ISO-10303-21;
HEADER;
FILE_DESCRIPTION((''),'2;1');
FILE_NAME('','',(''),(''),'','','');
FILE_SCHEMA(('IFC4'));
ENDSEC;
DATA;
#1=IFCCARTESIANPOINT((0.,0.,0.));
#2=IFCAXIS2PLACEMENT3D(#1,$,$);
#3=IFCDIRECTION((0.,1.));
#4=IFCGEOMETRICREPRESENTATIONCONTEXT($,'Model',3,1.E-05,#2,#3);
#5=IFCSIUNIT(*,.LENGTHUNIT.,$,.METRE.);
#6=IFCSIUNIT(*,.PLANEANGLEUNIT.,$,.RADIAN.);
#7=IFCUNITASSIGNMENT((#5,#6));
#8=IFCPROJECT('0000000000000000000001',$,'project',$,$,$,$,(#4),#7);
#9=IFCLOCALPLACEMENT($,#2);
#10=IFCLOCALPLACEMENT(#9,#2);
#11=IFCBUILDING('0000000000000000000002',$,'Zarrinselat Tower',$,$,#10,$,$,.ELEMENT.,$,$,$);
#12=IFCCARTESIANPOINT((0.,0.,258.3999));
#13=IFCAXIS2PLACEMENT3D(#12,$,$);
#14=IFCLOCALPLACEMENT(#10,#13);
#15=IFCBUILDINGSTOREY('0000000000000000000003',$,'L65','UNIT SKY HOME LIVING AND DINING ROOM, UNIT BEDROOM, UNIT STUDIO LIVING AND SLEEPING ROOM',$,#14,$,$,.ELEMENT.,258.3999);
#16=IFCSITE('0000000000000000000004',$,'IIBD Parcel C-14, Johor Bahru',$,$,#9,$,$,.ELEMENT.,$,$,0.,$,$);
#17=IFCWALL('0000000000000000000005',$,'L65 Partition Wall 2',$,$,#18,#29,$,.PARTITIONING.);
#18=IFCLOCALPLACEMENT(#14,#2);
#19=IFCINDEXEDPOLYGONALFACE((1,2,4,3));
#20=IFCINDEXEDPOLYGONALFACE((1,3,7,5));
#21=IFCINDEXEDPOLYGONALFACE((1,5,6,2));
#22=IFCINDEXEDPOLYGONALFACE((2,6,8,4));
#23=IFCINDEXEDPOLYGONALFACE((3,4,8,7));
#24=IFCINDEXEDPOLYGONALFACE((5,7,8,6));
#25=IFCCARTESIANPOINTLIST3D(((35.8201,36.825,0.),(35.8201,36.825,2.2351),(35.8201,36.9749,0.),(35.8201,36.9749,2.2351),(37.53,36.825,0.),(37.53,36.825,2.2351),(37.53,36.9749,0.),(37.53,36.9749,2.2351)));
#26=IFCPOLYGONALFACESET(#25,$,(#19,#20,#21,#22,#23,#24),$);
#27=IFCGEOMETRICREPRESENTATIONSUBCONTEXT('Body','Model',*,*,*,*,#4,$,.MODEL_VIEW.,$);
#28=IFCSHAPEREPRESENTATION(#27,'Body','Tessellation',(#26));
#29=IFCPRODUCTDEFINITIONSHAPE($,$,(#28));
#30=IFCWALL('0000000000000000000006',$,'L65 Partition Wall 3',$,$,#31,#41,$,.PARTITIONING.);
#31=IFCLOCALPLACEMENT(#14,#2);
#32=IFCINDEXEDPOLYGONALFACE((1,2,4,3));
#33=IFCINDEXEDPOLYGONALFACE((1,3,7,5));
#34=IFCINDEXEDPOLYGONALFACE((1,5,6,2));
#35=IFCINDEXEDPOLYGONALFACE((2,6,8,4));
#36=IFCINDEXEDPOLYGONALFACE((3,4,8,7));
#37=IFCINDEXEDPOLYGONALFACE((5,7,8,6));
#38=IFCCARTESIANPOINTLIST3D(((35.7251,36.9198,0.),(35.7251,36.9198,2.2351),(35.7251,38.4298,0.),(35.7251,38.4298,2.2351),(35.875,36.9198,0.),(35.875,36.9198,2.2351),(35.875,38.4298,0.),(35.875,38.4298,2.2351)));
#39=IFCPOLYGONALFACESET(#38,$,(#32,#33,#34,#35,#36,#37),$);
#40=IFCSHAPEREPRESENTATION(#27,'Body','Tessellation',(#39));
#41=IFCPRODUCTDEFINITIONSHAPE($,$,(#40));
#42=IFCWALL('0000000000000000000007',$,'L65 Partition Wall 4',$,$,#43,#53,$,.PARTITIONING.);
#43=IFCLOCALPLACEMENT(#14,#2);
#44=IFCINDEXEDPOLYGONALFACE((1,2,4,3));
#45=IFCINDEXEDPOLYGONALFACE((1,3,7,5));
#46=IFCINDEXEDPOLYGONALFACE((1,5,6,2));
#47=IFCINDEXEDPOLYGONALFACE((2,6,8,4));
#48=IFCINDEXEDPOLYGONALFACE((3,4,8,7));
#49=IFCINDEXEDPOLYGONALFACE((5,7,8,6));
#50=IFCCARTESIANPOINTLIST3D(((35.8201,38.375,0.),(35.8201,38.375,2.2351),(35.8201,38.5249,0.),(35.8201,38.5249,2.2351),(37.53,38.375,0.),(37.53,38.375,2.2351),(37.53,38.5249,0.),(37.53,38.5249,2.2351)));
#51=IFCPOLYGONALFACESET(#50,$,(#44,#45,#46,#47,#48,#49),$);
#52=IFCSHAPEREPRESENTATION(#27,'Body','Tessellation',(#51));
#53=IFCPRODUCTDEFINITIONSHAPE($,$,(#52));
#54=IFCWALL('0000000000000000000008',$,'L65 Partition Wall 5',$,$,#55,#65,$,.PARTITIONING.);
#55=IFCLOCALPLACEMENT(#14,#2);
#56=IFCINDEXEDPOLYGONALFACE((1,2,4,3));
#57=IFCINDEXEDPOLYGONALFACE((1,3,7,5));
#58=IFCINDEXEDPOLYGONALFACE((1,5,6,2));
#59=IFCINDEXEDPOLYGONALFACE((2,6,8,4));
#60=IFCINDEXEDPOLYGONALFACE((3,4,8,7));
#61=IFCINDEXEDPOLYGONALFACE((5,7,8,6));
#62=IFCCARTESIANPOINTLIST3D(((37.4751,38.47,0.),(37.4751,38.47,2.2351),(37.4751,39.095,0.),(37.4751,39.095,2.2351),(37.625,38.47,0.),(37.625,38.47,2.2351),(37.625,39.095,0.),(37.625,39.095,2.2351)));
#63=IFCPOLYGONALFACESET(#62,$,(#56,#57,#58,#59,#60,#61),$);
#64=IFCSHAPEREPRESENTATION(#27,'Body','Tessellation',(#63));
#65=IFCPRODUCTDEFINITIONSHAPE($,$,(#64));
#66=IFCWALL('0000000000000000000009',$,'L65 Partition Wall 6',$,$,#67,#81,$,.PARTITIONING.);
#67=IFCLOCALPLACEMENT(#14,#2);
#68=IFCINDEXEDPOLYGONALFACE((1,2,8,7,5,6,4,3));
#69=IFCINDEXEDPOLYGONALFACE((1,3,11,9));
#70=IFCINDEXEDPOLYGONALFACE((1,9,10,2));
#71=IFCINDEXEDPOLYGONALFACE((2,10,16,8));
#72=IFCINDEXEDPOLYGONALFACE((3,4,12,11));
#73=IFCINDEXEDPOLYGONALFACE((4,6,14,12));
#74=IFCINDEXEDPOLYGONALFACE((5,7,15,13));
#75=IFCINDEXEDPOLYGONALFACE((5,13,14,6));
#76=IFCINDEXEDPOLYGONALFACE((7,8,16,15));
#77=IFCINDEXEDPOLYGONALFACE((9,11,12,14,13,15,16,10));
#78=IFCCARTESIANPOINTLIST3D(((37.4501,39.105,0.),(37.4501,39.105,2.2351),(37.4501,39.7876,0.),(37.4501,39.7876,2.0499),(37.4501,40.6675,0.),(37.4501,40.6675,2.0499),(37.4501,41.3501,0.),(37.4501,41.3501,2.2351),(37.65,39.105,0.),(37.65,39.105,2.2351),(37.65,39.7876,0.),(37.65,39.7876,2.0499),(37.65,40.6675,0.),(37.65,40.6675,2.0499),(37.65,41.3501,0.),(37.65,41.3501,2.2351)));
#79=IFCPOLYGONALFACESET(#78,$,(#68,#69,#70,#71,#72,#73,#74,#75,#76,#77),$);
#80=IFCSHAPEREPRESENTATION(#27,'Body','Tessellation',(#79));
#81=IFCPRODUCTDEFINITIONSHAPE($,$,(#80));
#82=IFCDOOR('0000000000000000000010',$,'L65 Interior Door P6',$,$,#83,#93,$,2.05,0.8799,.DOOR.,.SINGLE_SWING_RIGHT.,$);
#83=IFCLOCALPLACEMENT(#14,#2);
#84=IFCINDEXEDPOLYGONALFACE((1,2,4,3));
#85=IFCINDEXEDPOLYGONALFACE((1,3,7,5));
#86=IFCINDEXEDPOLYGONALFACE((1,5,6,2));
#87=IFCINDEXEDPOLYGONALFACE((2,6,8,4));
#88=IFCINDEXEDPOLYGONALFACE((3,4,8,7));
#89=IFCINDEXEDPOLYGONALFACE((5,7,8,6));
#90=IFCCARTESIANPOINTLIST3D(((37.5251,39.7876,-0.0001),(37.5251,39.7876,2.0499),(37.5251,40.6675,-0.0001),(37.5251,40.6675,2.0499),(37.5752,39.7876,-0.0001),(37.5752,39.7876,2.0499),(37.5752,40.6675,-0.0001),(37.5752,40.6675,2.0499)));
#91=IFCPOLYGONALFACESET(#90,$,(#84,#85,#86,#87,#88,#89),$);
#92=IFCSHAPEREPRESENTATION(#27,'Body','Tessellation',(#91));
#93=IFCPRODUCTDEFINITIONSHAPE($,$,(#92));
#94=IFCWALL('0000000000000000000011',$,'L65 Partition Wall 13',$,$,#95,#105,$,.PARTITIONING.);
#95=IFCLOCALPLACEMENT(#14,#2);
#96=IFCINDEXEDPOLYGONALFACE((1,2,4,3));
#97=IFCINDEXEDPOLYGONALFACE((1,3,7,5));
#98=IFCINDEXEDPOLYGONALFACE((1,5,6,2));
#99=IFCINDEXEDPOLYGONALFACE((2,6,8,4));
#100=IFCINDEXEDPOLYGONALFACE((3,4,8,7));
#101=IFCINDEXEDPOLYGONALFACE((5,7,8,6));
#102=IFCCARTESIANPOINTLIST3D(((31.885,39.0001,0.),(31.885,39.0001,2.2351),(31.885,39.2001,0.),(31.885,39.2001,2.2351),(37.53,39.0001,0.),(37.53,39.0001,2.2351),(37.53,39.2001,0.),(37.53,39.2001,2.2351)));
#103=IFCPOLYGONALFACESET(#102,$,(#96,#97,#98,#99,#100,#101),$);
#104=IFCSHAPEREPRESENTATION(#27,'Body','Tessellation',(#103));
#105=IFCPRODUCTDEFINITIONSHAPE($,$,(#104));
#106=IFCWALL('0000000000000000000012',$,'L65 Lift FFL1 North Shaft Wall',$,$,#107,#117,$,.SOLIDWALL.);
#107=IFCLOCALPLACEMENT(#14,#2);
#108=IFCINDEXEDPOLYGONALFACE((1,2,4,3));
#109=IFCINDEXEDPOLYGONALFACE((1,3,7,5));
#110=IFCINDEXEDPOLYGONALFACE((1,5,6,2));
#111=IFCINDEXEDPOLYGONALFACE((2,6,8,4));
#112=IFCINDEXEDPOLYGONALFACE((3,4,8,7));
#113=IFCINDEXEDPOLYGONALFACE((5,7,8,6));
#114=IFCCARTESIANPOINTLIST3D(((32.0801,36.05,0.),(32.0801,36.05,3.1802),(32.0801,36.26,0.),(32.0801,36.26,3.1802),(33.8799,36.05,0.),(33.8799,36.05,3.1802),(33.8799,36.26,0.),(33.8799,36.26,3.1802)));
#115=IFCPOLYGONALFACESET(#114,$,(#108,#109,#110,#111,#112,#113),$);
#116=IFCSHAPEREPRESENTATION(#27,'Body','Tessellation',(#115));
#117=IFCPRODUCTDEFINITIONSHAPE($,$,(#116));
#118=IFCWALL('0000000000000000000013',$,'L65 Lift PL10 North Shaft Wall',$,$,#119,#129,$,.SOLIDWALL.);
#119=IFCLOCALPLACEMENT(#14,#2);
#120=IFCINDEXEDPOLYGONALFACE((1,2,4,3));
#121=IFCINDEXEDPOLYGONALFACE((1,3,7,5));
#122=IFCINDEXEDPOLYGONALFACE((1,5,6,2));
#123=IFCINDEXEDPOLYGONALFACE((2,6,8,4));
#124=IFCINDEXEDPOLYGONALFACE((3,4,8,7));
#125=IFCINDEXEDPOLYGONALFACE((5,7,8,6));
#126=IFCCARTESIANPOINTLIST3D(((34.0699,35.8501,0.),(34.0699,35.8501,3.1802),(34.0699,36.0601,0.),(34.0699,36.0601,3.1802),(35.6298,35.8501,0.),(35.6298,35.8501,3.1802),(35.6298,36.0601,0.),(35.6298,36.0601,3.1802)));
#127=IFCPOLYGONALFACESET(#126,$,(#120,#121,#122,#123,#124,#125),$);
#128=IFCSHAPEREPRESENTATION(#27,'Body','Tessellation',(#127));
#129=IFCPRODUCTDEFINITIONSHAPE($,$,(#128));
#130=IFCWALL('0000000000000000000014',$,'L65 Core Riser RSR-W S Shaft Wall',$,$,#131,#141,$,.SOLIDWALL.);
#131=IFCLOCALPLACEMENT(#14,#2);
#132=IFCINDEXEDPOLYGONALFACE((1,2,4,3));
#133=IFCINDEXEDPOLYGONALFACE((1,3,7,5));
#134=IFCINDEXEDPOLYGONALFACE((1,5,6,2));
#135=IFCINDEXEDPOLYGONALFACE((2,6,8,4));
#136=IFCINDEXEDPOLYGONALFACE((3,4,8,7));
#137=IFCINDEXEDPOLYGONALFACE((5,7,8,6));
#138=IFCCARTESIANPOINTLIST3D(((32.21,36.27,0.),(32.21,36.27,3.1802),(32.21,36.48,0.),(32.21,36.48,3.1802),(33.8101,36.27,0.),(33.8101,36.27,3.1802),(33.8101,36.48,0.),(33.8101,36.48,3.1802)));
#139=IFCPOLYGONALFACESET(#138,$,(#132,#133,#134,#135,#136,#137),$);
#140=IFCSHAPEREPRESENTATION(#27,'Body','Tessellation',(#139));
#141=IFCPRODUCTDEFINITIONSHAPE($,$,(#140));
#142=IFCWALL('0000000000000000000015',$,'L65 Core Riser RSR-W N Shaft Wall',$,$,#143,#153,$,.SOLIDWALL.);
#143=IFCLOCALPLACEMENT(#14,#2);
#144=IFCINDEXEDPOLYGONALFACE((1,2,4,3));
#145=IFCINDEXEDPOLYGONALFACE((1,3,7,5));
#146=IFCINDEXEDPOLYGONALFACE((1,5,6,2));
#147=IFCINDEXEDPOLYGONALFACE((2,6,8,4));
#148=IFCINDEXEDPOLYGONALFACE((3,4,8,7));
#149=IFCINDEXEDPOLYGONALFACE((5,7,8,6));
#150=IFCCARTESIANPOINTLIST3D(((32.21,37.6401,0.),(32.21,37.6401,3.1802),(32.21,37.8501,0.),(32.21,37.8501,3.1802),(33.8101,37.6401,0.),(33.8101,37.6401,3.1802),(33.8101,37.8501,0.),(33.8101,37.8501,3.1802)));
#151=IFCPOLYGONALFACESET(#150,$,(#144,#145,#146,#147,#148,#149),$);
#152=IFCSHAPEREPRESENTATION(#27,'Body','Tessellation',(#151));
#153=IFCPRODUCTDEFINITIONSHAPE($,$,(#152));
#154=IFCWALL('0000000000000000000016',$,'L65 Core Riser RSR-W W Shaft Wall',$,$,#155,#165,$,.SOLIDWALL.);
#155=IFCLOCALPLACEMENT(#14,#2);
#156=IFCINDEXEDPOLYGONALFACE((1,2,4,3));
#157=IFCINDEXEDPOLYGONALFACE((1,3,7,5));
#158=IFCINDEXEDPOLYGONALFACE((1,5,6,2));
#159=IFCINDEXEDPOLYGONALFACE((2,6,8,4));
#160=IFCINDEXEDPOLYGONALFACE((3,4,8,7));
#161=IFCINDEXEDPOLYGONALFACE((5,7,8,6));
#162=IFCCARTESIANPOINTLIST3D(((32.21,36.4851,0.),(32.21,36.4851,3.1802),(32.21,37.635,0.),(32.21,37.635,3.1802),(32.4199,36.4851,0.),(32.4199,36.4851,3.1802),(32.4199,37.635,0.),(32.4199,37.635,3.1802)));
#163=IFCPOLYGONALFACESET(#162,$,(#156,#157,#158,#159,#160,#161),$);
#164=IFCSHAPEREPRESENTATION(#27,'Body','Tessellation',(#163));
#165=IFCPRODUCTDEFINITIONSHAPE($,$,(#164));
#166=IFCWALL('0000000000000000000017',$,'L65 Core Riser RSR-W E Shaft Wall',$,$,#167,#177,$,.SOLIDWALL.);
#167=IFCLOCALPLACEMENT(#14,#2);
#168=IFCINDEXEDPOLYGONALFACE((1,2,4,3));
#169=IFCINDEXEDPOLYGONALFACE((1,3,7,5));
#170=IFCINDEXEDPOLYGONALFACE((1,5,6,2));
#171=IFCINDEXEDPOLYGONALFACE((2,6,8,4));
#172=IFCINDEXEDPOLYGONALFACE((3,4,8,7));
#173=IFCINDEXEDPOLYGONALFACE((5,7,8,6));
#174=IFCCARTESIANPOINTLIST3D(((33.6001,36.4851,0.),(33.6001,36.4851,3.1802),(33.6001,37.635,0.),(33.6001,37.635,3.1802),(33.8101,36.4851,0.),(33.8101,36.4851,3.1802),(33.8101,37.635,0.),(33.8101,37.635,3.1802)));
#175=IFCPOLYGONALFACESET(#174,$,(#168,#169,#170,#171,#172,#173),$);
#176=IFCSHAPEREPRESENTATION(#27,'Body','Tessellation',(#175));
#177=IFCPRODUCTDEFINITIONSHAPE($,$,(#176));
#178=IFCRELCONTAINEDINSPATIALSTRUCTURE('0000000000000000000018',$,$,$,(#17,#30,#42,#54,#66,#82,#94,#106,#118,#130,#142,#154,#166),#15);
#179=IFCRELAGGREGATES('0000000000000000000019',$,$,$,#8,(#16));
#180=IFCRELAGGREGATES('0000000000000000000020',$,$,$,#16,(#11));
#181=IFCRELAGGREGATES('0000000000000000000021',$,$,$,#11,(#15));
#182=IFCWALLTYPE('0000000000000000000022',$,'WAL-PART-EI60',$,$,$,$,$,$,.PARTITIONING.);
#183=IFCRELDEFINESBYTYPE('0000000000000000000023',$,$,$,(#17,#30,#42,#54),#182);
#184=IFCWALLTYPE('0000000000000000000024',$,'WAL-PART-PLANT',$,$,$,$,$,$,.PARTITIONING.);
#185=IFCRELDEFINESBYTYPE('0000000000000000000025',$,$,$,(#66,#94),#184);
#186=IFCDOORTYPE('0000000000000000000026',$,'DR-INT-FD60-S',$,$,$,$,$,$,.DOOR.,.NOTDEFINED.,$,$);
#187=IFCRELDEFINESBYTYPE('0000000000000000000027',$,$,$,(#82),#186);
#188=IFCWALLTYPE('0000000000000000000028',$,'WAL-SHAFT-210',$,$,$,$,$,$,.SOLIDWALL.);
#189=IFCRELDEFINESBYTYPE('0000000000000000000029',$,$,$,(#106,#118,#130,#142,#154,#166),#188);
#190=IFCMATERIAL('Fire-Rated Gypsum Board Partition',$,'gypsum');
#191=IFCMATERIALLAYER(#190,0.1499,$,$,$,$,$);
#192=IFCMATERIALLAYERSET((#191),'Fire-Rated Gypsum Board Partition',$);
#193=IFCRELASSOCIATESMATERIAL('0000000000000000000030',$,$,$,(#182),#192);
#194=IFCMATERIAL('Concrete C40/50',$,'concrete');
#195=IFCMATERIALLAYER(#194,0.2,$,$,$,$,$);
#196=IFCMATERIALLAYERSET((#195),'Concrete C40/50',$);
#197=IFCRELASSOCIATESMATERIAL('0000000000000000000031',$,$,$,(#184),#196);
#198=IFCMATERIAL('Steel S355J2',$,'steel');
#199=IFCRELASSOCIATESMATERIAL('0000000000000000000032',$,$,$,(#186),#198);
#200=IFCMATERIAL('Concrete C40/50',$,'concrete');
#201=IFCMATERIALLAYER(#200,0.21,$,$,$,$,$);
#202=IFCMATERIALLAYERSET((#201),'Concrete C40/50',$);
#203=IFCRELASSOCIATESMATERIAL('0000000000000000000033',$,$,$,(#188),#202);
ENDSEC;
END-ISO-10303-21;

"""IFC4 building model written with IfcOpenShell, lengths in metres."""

from ifc_helpers import new_model, si_unit, direction, frame, frame_2d, origin, place, context, subcontext, project, spatial, rectangle, extrude, material, layer, layer_set, type_object, element, fill, save


model = new_model("IFC4")

# Units and contexts
model_context = context("Model", 3, precision=1e-05, world=origin(), true_north=direction((0.0, 1.0)))
body_context = subcontext(model_context, "Body", "Model", "MODEL_VIEW")
ifc_project = project(units=[si_unit("LENGTHUNIT", "METRE"), si_unit("PLANEANGLEUNIT", "RADIAN")], contexts=[model_context])

# Site, building, storey
site_placement = place(None, origin())
site = spatial("IfcSite", under=ifc_project, at=site_placement, Name="IIBD Parcel C-14, Johor Bahru", CompositionType="ELEMENT", RefElevation=0.0)
building_placement = place(site_placement, origin())
building = spatial("IfcBuilding", under=site, at=building_placement, Name="Zarrinselat Tower", CompositionType="ELEMENT")
storey_placement = place(building_placement, frame((0.0, 0.0, 258.3999)))
storey = spatial("IfcBuildingStorey", under=building, at=storey_placement, Name="L65", Description="UNIT SKY HOME LIVING AND DINING ROOM, UNIT BEDROOM, UNIT STUDIO LIVING AND SLEEPING ROOM", CompositionType="ELEMENT", Elevation=258.3999)

# Walls
ifc_material_1 = material(Name="Fire-Rated Gypsum Board Partition", Category="gypsum")
ifc_layer_1 = layer(ifc_material_1, 0.1499)
ifc_layer_set_1 = layer_set([ifc_layer_1], Name="Fire-Rated Gypsum Board Partition")
wall_type_1 = type_object("IfcWallType", Name="WAL-PART-EI60", PredefinedType="PARTITIONING", material=ifc_layer_set_1)
wall_1_placement = place(storey_placement, frame((35.8201, 36.8999, 0.0), z_axis=(0.0, 0.0, 1.0), x_axis=(1.0, 0.0, 0.0)))
element("IfcWall", 1, at=wall_1_placement, inside=storey, type_object=wall_type_1, Name="L65 Partition Wall 2", PredefinedType="PARTITIONING", context=body_context, shape_type="SweptSolid", body=[
    extrude(rectangle(XDim=1.71, YDim=0.1499, at=frame_2d((0.855, 0.0))), origin(), (0.0, 0.0, 1.0), 2.2351),
])
wall_2_placement = place(storey_placement, frame((35.8, 36.9199, 0.0), z_axis=(0.0, 0.0, 1.0), x_axis=(0.0, 1.0, 0.0)))
element("IfcWall", 2, at=wall_2_placement, inside=storey, type_object=wall_type_1, Name="L65 Partition Wall 3", PredefinedType="PARTITIONING", context=body_context, shape_type="SweptSolid", body=[
    extrude(rectangle(XDim=1.51, YDim=0.1499, at=frame_2d((0.7549, 0.0))), origin(), (0.0, 0.0, 1.0), 2.2351),
])
wall_3_placement = place(storey_placement, frame((35.8201, 38.45, 0.0), z_axis=(0.0, 0.0, 1.0), x_axis=(1.0, 0.0, 0.0)))
element("IfcWall", 3, at=wall_3_placement, inside=storey, type_object=wall_type_1, Name="L65 Partition Wall 4", PredefinedType="PARTITIONING", context=body_context, shape_type="SweptSolid", body=[
    extrude(rectangle(XDim=1.71, YDim=0.1499, at=frame_2d((0.855, 0.0))), origin(), (0.0, 0.0, 1.0), 2.2351),
])
wall_4_placement = place(storey_placement, frame((37.55, 38.47, 0.0), z_axis=(0.0, 0.0, 1.0), x_axis=(0.0, 1.0, 0.0)))
element("IfcWall", 4, at=wall_4_placement, inside=storey, type_object=wall_type_1, Name="L65 Partition Wall 5", PredefinedType="PARTITIONING", context=body_context, shape_type="SweptSolid", body=[
    extrude(rectangle(XDim=0.625, YDim=0.1499, at=frame_2d((0.3125, 0.0))), origin(), (0.0, 0.0, 1.0), 2.2351),
])

# Wall, opening, door
ifc_material_2 = material(Name="Concrete C40/50", Category="concrete")
ifc_layer_2 = layer(ifc_material_2, 0.2)
ifc_layer_set_2 = layer_set([ifc_layer_2], Name="Concrete C40/50")
wall_type_2 = type_object("IfcWallType", Name="WAL-PART-PLANT", PredefinedType="PARTITIONING", material=ifc_layer_set_2)
wall_5_placement = place(storey_placement, frame((37.55, 39.105, 0.0), z_axis=(0.0, 0.0, 1.0), x_axis=(0.0, 1.0, 0.0)))
wall_5 = element("IfcWall", 5, at=wall_5_placement, inside=storey, type_object=wall_type_2, Name="L65 Partition Wall 6", PredefinedType="PARTITIONING", context=body_context, shape_type="SweptSolid", body=[
    extrude(rectangle(XDim=2.2451, YDim=0.2, at=frame_2d((1.1226, 0.0))), origin(), (0.0, 0.0, 1.0), 2.2351),
])
opening_placement = place(wall_5_placement, frame((0.6826, 0.0, 0.0)))
opening = element("IfcOpeningElement", 6, at=opening_placement, cuts=wall_5, PredefinedType="OPENING", context=body_context, shape_type="SweptSolid", body=[
    extrude(rectangle(XDim=0.8799, YDim=2.05, at=frame_2d((0.4399, 1.0249))), frame((0.0, 0.1099, 0.0), z_axis=(0.0, -1.0, 0.0), x_axis=(1.0, 0.0, 0.0)), (0.0, 0.0, 1.0), 0.22),
])
ifc_material_3 = material(Name="Steel S355J2", Category="steel")
door_type = type_object("IfcDoorType", Name="DR-INT-FD60-S", OperationType="NOTDEFINED", PredefinedType="DOOR", material=ifc_material_3)
door_placement = place(opening_placement, origin())
door = element("IfcDoor", 7, at=door_placement, inside=storey, type_object=door_type, Name="L65 Interior Door P6", OperationType="SINGLE_SWING_RIGHT", OverallHeight=2.05, OverallWidth=0.8799, PredefinedType="DOOR", context=body_context, shape_type="SweptSolid", body=[
    extrude(rectangle(XDim=0.8799, YDim=2.05, at=frame_2d((0.4399, 1.0249))), frame((0.0, 0.0249, 0.0), z_axis=(0.0, -1.0, 0.0), x_axis=(1.0, 0.0, 0.0)), (0.0, 0.0, 1.0), 0.05),
])
fill(opening, door)

# Walls
wall_6_placement = place(storey_placement, frame((31.885, 39.1001, 0.0), z_axis=(0.0, 0.0, 1.0), x_axis=(1.0, 0.0, 0.0)))
element("IfcWall", 8, at=wall_6_placement, inside=storey, type_object=wall_type_2, Name="L65 Partition Wall 13", PredefinedType="PARTITIONING", context=body_context, shape_type="SweptSolid", body=[
    extrude(rectangle(XDim=5.645, YDim=0.2, at=frame_2d((2.8225, 0.0))), origin(), (0.0, 0.0, 1.0), 2.2351),
])
ifc_material_4 = material(Name="Concrete C40/50", Category="concrete")
ifc_layer_3 = layer(ifc_material_4, 0.21)
ifc_layer_set_3 = layer_set([ifc_layer_3], Name="Concrete C40/50")
wall_type_3 = type_object("IfcWallType", Name="WAL-SHAFT-210", PredefinedType="SOLIDWALL", material=ifc_layer_set_3)
wall_7_placement = place(storey_placement, frame((32.0801, 36.155, 0.0), z_axis=(0.0, 0.0, 1.0), x_axis=(1.0, 0.0, 0.0)))
element("IfcWall", 9, at=wall_7_placement, inside=storey, type_object=wall_type_3, Name="L65 Lift FFL1 North Shaft Wall", PredefinedType="SOLIDWALL", context=body_context, shape_type="SweptSolid", body=[
    extrude(rectangle(XDim=1.7998, YDim=0.21, at=frame_2d((0.8999, 0.0))), origin(), (0.0, 0.0, 1.0), 3.1802),
])
wall_8_placement = place(storey_placement, frame((34.0701, 35.9551, 0.0), z_axis=(0.0, 0.0, 1.0), x_axis=(1.0, 0.0, 0.0)))
element("IfcWall", 10, at=wall_8_placement, inside=storey, type_object=wall_type_3, Name="L65 Lift PL10 North Shaft Wall", PredefinedType="SOLIDWALL", context=body_context, shape_type="SweptSolid", body=[
    extrude(rectangle(XDim=1.5598, YDim=0.21, at=frame_2d((0.7798, 0.0))), origin(), (0.0, 0.0, 1.0), 3.1802),
])
for number, where, z_axis, x_axis, name in (
    (11, (32.21, 36.375, 0.0), (0.0, 0.0, 1.0), (1.0, 0.0, 0.0), "L65 Core Riser RSR-W S Shaft Wall"),
    (12, (32.21, 37.7451, 0.0), (0.0, 0.0, 1.0), (1.0, 0.0, 0.0), "L65 Core Riser RSR-W N Shaft Wall"),
):
    element("IfcWall", number, at=place(storey_placement, frame(where, z_axis=z_axis, x_axis=x_axis)), inside=storey, type_object=wall_type_3, Name=name, PredefinedType="SOLIDWALL", context=body_context, shape_type="SweptSolid", body=[
        extrude(rectangle(XDim=1.6001, YDim=0.21, at=frame_2d((0.8, 0.0))), origin(), (0.0, 0.0, 1.0), 3.1802),
    ])
for number, where, z_axis, x_axis, name in (
    (13, (32.3149, 36.4851, 0.0), (0.0, 0.0, 1.0), (0.0, 1.0, 0.0), "L65 Core Riser RSR-W W Shaft Wall"),
    (14, (33.7051, 36.4851, 0.0), (0.0, 0.0, 1.0), (0.0, 1.0, 0.0), "L65 Core Riser RSR-W E Shaft Wall"),
):
    element("IfcWall", number, at=place(storey_placement, frame(where, z_axis=z_axis, x_axis=x_axis)), inside=storey, type_object=wall_type_3, Name=name, PredefinedType="SOLIDWALL", context=body_context, shape_type="SweptSolid", body=[
        extrude(rectangle(XDim=1.1499, YDim=0.21, at=frame_2d((0.575, 0.0))), origin(), (0.0, 0.0, 1.0), 3.1802),
    ])

save(model, "model.ifc")
